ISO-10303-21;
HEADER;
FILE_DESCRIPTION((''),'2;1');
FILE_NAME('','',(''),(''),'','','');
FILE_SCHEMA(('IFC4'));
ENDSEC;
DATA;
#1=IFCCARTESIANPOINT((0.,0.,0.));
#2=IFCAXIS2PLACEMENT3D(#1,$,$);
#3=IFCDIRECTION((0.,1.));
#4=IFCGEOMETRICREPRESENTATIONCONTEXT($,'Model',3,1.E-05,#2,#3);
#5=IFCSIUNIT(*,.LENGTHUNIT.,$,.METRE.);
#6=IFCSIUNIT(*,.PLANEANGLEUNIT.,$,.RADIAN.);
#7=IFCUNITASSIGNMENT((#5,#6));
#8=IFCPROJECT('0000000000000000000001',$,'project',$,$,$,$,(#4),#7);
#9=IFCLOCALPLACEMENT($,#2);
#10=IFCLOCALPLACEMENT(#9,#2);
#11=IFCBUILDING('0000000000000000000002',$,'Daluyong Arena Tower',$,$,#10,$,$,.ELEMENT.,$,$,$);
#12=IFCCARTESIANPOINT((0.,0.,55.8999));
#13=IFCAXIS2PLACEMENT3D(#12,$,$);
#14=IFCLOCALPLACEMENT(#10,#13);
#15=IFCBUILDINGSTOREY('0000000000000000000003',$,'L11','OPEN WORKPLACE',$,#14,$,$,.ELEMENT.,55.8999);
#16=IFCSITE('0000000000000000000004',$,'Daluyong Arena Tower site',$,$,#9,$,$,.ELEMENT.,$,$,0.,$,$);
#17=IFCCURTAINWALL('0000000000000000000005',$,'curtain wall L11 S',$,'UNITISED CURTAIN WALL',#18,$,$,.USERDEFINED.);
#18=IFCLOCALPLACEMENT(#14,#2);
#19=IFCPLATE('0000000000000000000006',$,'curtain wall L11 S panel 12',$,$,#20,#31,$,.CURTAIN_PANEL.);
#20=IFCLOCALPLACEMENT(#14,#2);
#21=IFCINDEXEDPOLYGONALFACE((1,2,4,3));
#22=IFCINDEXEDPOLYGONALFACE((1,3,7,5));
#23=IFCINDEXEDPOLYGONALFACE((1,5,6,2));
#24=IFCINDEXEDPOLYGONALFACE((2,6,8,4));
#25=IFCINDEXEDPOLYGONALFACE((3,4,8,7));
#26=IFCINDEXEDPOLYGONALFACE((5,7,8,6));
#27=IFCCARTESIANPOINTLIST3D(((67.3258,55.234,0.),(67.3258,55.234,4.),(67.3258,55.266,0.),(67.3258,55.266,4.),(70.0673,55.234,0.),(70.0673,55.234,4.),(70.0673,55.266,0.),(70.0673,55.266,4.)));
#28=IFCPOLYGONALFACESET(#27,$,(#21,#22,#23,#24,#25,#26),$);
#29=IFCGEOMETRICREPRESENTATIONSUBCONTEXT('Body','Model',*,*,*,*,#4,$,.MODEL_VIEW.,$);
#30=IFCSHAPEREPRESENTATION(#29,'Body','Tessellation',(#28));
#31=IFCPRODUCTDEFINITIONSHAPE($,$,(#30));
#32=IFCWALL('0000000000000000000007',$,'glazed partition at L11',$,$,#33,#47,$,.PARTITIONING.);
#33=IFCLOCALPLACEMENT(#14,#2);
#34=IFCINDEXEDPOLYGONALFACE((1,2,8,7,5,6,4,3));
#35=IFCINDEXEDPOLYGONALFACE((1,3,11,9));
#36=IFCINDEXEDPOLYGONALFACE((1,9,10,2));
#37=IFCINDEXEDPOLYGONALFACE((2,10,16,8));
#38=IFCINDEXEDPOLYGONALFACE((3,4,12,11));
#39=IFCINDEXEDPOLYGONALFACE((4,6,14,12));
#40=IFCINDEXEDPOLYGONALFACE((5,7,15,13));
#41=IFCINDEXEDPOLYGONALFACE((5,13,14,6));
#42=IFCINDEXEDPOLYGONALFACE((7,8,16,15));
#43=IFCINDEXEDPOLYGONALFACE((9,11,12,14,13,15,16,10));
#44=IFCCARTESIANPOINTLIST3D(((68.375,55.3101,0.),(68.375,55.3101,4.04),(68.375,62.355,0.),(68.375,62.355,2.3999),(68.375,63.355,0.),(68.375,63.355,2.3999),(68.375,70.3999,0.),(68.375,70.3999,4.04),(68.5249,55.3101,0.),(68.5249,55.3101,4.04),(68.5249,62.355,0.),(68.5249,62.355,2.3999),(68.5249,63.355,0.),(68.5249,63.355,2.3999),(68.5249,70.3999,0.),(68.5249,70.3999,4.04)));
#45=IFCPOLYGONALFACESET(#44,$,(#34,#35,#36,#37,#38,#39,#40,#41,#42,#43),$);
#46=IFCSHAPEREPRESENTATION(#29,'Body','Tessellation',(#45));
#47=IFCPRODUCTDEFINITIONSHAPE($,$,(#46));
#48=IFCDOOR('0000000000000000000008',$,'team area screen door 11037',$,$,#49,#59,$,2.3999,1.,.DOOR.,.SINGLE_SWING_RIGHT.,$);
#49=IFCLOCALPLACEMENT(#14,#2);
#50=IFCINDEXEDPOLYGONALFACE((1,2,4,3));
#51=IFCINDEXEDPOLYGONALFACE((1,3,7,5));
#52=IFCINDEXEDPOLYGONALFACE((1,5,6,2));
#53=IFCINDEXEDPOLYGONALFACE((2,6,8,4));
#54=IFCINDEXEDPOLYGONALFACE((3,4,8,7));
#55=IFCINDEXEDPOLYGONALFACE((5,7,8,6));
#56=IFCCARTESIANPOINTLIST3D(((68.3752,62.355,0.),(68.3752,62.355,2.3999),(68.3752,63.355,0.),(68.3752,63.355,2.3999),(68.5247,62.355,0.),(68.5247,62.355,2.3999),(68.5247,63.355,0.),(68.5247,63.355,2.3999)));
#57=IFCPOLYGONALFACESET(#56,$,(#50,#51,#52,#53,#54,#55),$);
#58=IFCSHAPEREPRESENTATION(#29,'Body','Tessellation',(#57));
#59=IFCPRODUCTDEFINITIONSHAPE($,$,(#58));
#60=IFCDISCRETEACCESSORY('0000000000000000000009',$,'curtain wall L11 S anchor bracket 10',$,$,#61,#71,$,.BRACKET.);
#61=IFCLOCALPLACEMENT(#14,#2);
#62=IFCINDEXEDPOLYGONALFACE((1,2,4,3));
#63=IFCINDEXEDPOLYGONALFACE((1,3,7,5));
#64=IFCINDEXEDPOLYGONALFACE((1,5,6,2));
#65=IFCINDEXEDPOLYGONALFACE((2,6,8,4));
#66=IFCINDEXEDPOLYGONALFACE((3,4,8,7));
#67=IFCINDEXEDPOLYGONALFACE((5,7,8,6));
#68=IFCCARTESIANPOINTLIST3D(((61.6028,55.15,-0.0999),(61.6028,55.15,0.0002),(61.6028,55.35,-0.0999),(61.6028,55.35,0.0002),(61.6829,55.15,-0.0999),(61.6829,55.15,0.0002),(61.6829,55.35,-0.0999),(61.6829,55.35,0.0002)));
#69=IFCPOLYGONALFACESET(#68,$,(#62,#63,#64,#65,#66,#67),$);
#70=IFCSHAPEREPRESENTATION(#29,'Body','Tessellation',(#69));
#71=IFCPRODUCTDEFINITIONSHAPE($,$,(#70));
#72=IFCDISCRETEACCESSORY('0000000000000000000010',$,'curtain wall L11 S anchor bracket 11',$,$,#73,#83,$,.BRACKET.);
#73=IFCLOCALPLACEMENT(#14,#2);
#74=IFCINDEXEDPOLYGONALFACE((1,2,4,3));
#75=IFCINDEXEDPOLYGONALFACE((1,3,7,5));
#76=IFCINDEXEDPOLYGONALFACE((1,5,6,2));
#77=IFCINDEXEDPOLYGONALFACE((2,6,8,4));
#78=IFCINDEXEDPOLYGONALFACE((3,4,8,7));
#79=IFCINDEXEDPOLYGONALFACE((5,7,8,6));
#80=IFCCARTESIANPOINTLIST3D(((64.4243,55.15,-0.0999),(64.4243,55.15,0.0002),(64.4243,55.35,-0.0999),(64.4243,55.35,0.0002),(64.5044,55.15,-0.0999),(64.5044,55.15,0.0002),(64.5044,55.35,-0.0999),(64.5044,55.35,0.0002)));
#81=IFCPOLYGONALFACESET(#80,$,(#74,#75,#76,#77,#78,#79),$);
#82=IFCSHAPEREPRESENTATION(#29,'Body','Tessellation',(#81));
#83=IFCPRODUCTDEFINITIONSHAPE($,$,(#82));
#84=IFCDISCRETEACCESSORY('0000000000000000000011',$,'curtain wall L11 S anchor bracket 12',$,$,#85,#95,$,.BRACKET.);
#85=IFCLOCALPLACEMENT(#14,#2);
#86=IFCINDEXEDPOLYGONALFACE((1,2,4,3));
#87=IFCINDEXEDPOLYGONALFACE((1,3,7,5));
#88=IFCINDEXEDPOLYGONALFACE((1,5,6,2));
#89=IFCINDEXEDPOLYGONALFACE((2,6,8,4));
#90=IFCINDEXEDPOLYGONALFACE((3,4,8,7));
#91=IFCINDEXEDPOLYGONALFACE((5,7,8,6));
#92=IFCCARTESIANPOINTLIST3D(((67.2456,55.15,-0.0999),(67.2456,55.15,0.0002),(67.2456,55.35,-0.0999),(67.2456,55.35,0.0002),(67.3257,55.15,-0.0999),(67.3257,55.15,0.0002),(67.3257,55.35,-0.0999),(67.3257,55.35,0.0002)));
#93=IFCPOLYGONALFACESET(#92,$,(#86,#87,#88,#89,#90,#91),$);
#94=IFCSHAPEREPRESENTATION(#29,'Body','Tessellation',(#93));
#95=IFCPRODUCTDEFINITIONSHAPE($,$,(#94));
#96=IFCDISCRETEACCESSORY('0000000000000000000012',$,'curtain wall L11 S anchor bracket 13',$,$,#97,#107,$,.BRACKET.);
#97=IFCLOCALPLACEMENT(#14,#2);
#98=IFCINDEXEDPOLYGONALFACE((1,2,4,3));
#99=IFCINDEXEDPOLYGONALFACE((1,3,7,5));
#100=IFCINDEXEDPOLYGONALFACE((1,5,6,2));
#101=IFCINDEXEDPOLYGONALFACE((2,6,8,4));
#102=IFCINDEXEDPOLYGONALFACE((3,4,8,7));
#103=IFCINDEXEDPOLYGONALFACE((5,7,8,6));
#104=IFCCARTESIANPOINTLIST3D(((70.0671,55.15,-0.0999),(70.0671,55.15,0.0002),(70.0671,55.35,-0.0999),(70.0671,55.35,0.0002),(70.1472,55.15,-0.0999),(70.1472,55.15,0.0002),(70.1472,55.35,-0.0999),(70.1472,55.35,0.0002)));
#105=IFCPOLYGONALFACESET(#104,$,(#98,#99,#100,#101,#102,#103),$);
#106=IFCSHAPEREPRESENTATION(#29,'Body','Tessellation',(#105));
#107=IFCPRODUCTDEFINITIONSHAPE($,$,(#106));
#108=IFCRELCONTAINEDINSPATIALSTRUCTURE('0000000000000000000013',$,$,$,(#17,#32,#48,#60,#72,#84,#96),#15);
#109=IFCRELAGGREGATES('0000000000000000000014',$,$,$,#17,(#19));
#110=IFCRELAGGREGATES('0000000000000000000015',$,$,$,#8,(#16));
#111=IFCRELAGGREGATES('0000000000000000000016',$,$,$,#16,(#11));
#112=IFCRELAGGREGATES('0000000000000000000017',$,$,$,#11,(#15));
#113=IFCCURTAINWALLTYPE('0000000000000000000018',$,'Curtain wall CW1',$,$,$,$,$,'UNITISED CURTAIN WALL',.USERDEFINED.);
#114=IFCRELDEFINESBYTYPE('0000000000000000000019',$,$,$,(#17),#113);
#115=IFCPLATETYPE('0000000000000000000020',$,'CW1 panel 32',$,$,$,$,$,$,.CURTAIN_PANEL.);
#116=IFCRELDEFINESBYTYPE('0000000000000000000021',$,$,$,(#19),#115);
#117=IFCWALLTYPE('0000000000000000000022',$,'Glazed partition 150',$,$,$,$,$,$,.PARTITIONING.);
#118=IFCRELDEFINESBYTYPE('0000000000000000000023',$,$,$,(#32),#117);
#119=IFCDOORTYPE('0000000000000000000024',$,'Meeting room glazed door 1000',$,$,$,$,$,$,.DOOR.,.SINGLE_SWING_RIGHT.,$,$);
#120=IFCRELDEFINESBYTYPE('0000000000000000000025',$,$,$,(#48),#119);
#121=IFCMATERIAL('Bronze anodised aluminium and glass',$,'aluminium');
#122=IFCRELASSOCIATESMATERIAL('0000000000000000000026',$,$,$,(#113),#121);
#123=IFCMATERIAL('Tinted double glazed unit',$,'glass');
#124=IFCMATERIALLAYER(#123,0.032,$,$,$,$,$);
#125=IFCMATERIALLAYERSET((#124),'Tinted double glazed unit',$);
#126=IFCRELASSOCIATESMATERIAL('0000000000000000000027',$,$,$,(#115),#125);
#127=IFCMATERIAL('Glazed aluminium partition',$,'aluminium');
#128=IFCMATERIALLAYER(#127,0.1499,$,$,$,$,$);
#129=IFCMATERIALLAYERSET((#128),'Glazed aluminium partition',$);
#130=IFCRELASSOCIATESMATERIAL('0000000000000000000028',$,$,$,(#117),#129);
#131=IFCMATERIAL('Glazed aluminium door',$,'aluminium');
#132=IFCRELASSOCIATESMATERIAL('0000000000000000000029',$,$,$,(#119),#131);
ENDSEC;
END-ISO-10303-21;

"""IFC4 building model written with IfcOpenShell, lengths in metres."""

from ifc_helpers import new_model, si_unit, direction, frame, frame_2d, origin, origin_2d, place, context, subcontext, project, spatial, rectangle, extrude, material, layer, layer_set, type_object, element, fill, aggregate, save


model = new_model("IFC4")

# Units and contexts
model_context = context("Model", 3, precision=1e-05, world=origin(), true_north=direction((0.0, 1.0)))
body_context = subcontext(model_context, "Body", "Model", "MODEL_VIEW")
ifc_project = project(units=[si_unit("LENGTHUNIT", "METRE"), si_unit("PLANEANGLEUNIT", "RADIAN")], contexts=[model_context])

# Site, building, storey
site_placement = place(None, origin())
site = spatial("IfcSite", under=ifc_project, at=site_placement, Name="Daluyong Arena Tower site", CompositionType="ELEMENT", RefElevation=0.0)
building_placement = place(site_placement, origin())
building = spatial("IfcBuilding", under=site, at=building_placement, Name="Daluyong Arena Tower", CompositionType="ELEMENT")
storey_placement = place(building_placement, frame((0.0, 0.0, 55.8999)))
storey = spatial("IfcBuildingStorey", under=building, at=storey_placement, Name="L11", Description="OPEN WORKPLACE", CompositionType="ELEMENT", Elevation=55.8999)

# Curtain wall
ifc_material_1 = material(Name="Bronze anodised aluminium and glass", Category="aluminium")
curtain_wall_type = type_object("IfcCurtainWallType", Name="Curtain wall CW1", ElementType="UNITISED CURTAIN WALL", PredefinedType="USERDEFINED", material=ifc_material_1)
curtain_wall_placement = place(storey_placement, origin())
curtain_wall = element("IfcCurtainWall", 1, at=curtain_wall_placement, inside=storey, type_object=curtain_wall_type, Name="curtain wall L11 S", ObjectType="UNITISED CURTAIN WALL", PredefinedType="USERDEFINED")

# Plate
ifc_material_2 = material(Name="Tinted double glazed unit", Category="glass")
ifc_layer_1 = layer(ifc_material_2, 0.032)
ifc_layer_set_1 = layer_set([ifc_layer_1], Name="Tinted double glazed unit")
plate_type = type_object("IfcPlateType", Name="CW1 panel 32", PredefinedType="CURTAIN_PANEL", material=ifc_layer_set_1)
plate_1_placement = place(storey_placement, frame((68.6965, 55.25, 0.0), z_axis=(0.0, 0.0, 1.0), x_axis=(1.0, 0.0, 0.0)))
plate_1 = element("IfcPlate", 2, at=plate_1_placement, type_object=plate_type, Name="curtain wall L11 S panel 12", PredefinedType="CURTAIN_PANEL", context=body_context, shape_type="SweptSolid", body=[
    extrude(rectangle(XDim=2.7415, YDim=0.032, at=origin_2d()), origin(), (0.0, 0.0, 1.0), 4.0),
])
aggregate(curtain_wall, [plate_1])

# Wall, opening, door
ifc_material_3 = material(Name="Glazed aluminium partition", Category="aluminium")
ifc_layer_2 = layer(ifc_material_3, 0.1499)
ifc_layer_set_2 = layer_set([ifc_layer_2], Name="Glazed aluminium partition")
wall_type = type_object("IfcWallType", Name="Glazed partition 150", PredefinedType="PARTITIONING", material=ifc_layer_set_2)
wall_placement = place(storey_placement, frame((68.45, 55.3101, 0.0), z_axis=(0.0, 0.0, 1.0), x_axis=(0.0, 1.0, 0.0)))
wall = element("IfcWall", 3, at=wall_placement, inside=storey, type_object=wall_type, Name="glazed partition at L11", PredefinedType="PARTITIONING", context=body_context, shape_type="SweptSolid", body=[
    extrude(rectangle(XDim=15.0898, YDim=0.1499, at=frame_2d((7.5449, 0.0))), origin(), (0.0, 0.0, 1.0), 4.04),
])
opening_placement = place(wall_placement, frame((7.0449, 0.0, 0.0)))
opening = element("IfcOpeningElement", 4, at=opening_placement, cuts=wall, PredefinedType="OPENING", context=body_context, shape_type="SweptSolid", body=[
    extrude(rectangle(XDim=1.0, YDim=2.3999, at=frame_2d((0.5, 1.2))), frame((0.0, 0.085, 0.0), z_axis=(0.0, -1.0, 0.0), x_axis=(1.0, 0.0, 0.0)), (0.0, 0.0, 1.0), 0.1699),
])
ifc_material_4 = material(Name="Glazed aluminium door", Category="aluminium")
door_type = type_object("IfcDoorType", Name="Meeting room glazed door 1000", OperationType="SINGLE_SWING_RIGHT", PredefinedType="DOOR", material=ifc_material_4)
door_placement = place(opening_placement, origin())
door = element("IfcDoor", 5, at=door_placement, inside=storey, type_object=door_type, Name="team area screen door 11037", OperationType="SINGLE_SWING_RIGHT", OverallHeight=2.3999, OverallWidth=1.0, PredefinedType="DOOR", context=body_context, shape_type="SweptSolid", body=[
    extrude(rectangle(XDim=1.0, YDim=2.3999, at=frame_2d((0.5, 1.2))), frame((0.0, 0.0747, 0.0), z_axis=(0.0, -1.0, 0.0), x_axis=(1.0, 0.0, 0.0)), (0.0, 0.0, 1.0), 0.1494),
])
fill(opening, door)

# Discrete accessories
for number, where, z_axis, x_axis, name in (
    (6, (61.6428, 55.25, -0.0999), (0.0, 0.0, 1.0), (1.0, 0.0, 0.0), "curtain wall L11 S anchor bracket 10"),
    (7, (64.4644, 55.25, -0.0999), (0.0, 0.0, 1.0), (1.0, 0.0, 0.0), "curtain wall L11 S anchor bracket 11"),
    (8, (67.2856, 55.25, -0.0999), (0.0, 0.0, 1.0), (1.0, 0.0, 0.0), "curtain wall L11 S anchor bracket 12"),
    (9, (70.1072, 55.25, -0.0999), (0.0, 0.0, 1.0), (1.0, 0.0, 0.0), "curtain wall L11 S anchor bracket 13"),
):
    element("IfcDiscreteAccessory", number, at=place(storey_placement, frame(where, z_axis=z_axis, x_axis=x_axis)), inside=storey, Name=name, PredefinedType="BRACKET", context=body_context, shape_type="SweptSolid", body=[
        extrude(rectangle(XDim=0.0801, YDim=0.2, at=origin_2d()), origin(), (0.0, 0.0, 1.0), 0.1001),
    ])

save(model, "model.ifc")
